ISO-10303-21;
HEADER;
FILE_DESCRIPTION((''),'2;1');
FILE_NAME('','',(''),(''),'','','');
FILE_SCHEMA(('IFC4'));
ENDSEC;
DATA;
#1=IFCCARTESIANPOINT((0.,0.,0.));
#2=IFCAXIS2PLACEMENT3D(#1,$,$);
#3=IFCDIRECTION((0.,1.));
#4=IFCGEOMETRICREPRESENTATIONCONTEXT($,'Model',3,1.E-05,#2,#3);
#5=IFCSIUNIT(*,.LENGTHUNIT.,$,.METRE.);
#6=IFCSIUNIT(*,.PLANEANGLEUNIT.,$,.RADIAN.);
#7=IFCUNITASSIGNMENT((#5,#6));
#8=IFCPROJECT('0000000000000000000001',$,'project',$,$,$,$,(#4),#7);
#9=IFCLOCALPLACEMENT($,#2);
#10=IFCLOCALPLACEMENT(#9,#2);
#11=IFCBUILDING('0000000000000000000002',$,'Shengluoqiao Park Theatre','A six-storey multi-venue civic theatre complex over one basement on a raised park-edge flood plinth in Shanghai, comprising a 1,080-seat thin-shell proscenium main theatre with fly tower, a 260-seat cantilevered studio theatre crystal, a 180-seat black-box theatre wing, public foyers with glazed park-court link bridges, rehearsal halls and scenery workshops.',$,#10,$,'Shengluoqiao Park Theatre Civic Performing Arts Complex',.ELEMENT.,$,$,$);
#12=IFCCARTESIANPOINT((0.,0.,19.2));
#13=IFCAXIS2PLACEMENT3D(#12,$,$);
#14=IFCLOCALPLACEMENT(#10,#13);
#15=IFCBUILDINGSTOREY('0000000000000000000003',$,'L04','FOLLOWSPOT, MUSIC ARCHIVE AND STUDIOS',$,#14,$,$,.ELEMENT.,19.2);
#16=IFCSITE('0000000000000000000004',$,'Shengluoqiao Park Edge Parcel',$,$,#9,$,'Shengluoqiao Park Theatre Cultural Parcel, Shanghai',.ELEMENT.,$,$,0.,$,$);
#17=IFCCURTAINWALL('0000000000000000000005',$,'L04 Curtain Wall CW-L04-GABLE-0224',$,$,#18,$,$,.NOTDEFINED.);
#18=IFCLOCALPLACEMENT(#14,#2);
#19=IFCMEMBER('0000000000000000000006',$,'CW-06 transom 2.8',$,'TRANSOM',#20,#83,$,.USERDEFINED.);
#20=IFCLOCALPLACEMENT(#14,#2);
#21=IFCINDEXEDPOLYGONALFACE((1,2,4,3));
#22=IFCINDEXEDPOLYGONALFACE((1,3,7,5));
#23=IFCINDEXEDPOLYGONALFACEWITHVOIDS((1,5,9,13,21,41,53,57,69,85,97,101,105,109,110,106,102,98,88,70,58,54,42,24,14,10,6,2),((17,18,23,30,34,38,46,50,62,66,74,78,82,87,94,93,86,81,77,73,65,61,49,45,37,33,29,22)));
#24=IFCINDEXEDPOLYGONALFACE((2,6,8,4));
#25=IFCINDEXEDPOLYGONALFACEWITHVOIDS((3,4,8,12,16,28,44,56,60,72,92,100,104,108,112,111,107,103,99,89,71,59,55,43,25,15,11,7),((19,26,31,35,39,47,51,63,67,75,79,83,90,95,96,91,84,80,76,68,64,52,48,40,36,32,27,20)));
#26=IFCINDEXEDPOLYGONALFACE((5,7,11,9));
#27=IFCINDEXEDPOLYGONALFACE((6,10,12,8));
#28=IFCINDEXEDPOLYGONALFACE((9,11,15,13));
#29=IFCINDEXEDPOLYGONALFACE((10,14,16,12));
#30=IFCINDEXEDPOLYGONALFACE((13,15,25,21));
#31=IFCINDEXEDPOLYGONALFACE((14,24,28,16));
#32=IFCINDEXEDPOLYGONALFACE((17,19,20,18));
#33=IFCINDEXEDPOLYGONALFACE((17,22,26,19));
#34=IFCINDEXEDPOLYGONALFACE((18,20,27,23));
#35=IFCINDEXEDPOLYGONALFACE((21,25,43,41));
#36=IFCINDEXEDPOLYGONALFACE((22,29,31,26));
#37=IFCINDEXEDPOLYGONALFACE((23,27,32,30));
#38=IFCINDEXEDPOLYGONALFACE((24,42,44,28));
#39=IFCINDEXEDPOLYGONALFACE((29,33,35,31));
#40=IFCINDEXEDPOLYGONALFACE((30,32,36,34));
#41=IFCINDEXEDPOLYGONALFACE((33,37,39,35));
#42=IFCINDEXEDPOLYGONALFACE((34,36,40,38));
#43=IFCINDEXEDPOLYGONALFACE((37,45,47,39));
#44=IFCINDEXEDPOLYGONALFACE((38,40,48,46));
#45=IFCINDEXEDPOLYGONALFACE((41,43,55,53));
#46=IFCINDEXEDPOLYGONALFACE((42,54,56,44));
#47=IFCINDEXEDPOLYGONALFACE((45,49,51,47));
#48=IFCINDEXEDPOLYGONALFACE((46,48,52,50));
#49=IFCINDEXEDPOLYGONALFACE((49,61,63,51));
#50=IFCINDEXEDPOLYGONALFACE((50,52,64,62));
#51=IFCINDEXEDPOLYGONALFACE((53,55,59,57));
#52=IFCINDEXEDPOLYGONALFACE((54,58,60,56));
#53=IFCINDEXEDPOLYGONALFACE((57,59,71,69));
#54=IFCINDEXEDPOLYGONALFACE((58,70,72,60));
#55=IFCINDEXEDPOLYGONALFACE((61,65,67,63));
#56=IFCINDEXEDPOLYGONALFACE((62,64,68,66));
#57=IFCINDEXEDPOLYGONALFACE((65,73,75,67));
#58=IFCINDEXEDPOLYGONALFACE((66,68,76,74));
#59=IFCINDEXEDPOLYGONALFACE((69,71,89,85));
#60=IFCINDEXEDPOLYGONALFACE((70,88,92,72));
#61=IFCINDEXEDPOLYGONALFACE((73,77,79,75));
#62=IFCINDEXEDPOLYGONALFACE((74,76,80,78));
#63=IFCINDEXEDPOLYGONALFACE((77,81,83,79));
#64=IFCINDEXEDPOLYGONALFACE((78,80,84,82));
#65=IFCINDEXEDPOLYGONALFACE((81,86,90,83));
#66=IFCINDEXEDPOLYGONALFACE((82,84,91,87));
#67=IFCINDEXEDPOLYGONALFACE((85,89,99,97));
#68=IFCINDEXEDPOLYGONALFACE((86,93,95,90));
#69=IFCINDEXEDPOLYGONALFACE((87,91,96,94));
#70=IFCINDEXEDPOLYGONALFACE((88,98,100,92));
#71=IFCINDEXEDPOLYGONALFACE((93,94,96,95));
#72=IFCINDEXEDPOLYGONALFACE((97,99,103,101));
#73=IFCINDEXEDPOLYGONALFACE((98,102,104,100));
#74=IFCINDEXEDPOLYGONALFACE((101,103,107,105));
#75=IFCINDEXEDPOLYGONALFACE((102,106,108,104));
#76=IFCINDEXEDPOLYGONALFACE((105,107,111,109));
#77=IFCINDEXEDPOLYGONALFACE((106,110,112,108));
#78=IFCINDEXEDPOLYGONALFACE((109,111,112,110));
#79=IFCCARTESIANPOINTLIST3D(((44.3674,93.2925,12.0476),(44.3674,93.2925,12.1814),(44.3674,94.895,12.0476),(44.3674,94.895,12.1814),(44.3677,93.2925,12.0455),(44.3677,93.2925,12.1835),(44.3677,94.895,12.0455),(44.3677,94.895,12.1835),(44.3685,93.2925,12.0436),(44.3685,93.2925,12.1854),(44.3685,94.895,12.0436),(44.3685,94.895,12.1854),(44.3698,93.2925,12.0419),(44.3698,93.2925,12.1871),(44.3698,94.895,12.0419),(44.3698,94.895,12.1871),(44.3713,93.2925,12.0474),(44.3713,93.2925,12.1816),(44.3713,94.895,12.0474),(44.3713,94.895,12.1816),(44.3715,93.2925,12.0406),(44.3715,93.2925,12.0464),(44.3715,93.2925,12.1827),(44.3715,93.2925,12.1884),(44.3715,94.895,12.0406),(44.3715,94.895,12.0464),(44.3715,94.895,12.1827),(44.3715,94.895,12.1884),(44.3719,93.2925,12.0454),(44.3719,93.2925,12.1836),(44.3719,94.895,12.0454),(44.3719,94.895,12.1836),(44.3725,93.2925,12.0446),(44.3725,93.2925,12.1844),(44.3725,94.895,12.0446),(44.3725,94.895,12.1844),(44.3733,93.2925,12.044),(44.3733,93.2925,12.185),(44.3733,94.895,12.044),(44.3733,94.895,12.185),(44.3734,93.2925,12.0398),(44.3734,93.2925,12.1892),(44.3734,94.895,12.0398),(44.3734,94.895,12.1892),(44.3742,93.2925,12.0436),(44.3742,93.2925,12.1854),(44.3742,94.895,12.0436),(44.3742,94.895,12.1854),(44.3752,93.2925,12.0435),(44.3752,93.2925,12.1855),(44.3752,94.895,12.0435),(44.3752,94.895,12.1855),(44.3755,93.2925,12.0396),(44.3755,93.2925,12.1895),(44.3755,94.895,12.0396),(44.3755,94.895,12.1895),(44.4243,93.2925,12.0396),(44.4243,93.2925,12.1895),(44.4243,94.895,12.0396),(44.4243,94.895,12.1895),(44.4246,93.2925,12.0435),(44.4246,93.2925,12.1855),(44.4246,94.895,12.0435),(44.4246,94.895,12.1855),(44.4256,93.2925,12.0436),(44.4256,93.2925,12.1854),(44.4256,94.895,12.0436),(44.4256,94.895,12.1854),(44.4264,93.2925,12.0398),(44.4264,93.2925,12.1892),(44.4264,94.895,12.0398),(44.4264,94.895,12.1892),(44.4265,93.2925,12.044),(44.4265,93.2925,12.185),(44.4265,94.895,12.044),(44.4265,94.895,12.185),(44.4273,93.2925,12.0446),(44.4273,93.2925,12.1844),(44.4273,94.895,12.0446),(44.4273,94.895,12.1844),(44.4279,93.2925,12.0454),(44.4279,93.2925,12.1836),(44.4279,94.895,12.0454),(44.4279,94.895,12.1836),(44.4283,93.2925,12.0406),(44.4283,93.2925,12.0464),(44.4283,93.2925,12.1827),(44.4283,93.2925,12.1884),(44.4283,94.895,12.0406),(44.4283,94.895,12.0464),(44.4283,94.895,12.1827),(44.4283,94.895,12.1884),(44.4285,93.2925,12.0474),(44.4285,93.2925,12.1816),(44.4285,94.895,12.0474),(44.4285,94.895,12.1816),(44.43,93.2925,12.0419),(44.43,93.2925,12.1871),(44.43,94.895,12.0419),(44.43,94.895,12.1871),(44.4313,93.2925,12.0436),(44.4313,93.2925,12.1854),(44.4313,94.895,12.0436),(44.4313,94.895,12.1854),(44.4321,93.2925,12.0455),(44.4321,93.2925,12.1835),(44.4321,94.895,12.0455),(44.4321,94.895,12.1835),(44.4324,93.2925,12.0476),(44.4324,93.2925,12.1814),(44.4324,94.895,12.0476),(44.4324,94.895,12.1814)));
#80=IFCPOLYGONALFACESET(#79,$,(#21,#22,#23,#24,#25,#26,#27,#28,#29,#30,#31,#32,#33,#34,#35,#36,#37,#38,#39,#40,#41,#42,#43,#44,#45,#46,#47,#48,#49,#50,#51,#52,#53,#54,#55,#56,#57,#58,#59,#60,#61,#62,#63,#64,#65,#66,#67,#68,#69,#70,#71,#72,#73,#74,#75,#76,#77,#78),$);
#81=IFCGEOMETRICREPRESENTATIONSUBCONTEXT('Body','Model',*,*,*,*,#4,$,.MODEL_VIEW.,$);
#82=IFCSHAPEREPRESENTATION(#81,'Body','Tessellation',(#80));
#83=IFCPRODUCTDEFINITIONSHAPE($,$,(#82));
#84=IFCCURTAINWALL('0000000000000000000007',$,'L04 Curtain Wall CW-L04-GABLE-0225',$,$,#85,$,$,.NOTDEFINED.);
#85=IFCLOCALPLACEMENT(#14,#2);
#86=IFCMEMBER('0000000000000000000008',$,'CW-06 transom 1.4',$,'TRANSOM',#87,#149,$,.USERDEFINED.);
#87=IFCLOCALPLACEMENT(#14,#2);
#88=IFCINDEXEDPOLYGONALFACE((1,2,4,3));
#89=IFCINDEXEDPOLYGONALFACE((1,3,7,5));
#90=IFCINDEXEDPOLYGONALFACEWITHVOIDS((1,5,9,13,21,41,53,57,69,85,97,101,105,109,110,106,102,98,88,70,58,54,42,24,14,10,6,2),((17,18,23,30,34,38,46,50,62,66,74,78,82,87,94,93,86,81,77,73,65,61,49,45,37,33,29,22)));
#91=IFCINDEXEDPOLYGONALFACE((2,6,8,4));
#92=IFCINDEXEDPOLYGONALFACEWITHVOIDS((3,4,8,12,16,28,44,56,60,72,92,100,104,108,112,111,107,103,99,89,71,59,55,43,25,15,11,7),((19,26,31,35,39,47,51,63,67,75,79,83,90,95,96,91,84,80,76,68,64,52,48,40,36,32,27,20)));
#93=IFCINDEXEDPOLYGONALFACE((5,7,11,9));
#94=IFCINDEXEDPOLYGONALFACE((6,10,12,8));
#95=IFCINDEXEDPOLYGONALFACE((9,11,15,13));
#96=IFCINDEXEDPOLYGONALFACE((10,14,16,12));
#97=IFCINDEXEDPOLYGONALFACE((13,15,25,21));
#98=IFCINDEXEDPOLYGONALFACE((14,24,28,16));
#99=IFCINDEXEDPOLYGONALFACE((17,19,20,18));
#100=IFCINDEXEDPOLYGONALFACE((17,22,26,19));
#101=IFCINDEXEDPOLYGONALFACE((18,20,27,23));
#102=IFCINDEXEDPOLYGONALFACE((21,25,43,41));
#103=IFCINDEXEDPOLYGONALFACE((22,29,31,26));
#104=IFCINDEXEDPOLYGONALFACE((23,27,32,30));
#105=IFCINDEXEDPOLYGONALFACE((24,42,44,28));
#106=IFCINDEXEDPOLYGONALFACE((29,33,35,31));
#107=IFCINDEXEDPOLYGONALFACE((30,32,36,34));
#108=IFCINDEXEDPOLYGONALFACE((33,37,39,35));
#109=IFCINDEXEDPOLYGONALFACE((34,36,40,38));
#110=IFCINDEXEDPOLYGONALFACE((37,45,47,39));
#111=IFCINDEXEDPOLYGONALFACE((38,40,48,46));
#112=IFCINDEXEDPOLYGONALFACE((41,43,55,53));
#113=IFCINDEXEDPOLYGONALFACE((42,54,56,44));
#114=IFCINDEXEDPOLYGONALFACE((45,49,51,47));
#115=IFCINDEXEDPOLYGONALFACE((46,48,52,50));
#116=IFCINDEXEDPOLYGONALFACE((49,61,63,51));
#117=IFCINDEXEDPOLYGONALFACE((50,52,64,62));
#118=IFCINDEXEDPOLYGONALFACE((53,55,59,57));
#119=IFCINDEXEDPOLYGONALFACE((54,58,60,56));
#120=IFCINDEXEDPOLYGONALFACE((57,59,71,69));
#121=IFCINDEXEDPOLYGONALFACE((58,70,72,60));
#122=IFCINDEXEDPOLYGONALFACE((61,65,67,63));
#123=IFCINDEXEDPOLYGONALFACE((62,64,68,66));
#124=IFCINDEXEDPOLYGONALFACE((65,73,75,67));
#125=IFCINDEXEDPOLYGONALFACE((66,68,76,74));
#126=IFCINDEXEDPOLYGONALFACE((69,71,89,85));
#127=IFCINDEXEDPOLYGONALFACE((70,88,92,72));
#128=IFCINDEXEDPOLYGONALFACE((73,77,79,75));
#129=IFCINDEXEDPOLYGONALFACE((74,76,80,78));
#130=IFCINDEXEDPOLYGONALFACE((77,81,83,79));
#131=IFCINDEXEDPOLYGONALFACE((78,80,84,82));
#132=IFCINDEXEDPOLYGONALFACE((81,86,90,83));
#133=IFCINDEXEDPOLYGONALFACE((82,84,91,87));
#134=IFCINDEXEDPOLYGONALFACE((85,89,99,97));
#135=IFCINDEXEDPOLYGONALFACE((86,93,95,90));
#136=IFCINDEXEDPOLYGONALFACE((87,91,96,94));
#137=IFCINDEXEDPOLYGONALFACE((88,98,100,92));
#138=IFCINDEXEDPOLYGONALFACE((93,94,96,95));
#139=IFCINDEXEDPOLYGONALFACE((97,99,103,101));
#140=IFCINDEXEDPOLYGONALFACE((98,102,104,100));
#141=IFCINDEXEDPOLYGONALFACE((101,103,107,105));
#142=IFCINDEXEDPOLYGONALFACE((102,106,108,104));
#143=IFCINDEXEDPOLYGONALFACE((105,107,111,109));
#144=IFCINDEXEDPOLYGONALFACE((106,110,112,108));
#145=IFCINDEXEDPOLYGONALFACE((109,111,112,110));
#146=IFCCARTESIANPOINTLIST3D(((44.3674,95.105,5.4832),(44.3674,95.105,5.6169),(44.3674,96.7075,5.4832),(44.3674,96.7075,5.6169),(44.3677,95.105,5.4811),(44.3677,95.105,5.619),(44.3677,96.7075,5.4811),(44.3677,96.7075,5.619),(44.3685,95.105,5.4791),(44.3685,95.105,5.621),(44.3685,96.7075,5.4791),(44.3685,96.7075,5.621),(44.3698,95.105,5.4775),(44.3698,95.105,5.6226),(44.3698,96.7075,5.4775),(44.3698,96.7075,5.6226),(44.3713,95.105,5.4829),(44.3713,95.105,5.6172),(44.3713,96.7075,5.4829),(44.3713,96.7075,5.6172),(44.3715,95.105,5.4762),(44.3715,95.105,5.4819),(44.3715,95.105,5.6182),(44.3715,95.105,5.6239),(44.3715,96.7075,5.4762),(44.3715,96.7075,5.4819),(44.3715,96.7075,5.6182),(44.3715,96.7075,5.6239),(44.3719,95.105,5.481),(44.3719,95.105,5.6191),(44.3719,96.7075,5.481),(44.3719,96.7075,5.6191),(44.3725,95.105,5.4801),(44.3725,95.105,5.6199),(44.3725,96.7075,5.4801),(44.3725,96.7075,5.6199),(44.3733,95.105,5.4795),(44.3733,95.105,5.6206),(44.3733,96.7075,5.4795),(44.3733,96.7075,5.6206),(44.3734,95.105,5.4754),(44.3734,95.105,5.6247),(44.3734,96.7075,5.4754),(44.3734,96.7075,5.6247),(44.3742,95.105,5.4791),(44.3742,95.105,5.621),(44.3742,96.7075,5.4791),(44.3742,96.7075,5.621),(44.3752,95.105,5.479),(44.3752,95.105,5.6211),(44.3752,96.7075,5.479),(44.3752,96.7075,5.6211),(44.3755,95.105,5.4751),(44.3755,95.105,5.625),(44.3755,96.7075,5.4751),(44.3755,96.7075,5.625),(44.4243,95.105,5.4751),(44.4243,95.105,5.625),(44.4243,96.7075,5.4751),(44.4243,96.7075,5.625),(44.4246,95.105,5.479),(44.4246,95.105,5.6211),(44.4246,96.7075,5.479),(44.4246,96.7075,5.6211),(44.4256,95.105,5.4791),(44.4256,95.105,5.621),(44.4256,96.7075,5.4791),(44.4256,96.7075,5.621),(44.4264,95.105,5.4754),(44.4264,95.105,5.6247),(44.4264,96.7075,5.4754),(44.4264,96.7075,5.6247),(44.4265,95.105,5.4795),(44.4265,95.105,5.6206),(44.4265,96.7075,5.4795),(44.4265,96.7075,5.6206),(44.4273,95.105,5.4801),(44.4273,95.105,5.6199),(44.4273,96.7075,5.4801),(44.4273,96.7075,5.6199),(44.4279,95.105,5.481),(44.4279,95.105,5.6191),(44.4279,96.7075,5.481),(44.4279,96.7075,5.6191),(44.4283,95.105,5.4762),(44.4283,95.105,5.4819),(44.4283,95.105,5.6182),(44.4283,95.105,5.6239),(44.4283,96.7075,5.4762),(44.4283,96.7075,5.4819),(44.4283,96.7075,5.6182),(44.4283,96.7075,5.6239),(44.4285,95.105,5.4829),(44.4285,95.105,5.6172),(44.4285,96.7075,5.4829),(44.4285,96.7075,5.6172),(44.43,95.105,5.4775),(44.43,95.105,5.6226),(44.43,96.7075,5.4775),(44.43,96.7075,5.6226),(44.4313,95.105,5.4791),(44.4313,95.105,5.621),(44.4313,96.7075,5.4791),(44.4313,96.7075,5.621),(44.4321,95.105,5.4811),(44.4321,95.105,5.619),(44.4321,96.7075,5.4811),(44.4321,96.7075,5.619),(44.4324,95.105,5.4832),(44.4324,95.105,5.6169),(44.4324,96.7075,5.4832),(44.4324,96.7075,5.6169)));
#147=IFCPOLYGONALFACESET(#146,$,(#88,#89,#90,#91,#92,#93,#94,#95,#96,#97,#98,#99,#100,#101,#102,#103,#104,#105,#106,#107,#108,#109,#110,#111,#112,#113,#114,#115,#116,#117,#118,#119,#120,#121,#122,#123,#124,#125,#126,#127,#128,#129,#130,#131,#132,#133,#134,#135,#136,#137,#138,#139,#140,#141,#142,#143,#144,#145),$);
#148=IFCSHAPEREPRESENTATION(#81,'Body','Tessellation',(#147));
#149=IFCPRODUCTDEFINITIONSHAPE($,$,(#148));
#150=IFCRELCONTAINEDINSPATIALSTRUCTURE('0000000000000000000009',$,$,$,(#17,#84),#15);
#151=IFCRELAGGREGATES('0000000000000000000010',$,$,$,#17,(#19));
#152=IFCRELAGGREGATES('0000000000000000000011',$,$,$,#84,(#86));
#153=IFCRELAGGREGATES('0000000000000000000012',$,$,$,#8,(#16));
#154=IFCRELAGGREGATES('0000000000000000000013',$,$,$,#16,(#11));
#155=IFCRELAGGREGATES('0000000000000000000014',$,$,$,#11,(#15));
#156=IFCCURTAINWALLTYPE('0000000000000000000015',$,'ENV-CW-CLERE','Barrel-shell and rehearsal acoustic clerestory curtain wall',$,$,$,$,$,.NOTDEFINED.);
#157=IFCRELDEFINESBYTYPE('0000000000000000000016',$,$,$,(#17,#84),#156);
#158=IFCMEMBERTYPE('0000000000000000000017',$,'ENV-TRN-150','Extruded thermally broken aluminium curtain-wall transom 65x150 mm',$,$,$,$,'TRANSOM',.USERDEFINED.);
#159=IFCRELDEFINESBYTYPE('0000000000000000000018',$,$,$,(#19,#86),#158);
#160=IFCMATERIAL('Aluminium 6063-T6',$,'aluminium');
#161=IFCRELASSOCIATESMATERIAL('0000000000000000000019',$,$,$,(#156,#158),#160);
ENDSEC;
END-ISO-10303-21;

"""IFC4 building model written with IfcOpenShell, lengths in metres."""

from ifc_helpers import new_model, si_unit, direction, frame, origin, origin_2d, place, context, subcontext, project, spatial, hollow_rectangle, extrude, material, material_profile, profile_set, type_object, element, aggregate, save


model = new_model("IFC4")

# Units and contexts
model_context = context("Model", 3, precision=1e-05, world=origin(), true_north=direction((0.0, 1.0)))
body_context = subcontext(model_context, "Body", "Model", "MODEL_VIEW")
ifc_project = project(units=[si_unit("LENGTHUNIT", "METRE"), si_unit("PLANEANGLEUNIT", "RADIAN")], contexts=[model_context])

# Site, building, storey
site_placement = place(None, origin())
site = spatial("IfcSite", under=ifc_project, at=site_placement, Name="Shengluoqiao Park Edge Parcel", LongName="Shengluoqiao Park Theatre Cultural Parcel, Shanghai", CompositionType="ELEMENT", RefElevation=0.0)
building_placement = place(site_placement, origin())
building = spatial("IfcBuilding", under=site, at=building_placement, Name="Shengluoqiao Park Theatre", Description="A six-storey multi-venue civic theatre complex over one basement on a raised park-edge flood plinth in Shanghai, comprising a 1,080-seat thin-shell proscenium main theatre with fly tower, a 260-seat cantilevered studio theatre crystal, a 180-seat black-box theatre wing, public foyers with glazed park-court link bridges, rehearsal halls and scenery workshops.", LongName="Shengluoqiao Park Theatre Civic Performing Arts Complex", CompositionType="ELEMENT")
storey_placement = place(building_placement, frame((0.0, 0.0, 19.2)))
storey = spatial("IfcBuildingStorey", under=building, at=storey_placement, Name="L04", Description="FOLLOWSPOT, MUSIC ARCHIVE AND STUDIOS", CompositionType="ELEMENT", Elevation=19.2)

# Curtain walls, members
ifc_material_1 = material(Name="Aluminium 6063-T6", Category="aluminium")
curtain_wall_type = type_object("IfcCurtainWallType", Name="ENV-CW-CLERE", Description="Barrel-shell and rehearsal acoustic clerestory curtain wall", PredefinedType="NOTDEFINED", material=ifc_material_1)
curtain_wall_1_placement = place(storey_placement, origin())
curtain_wall_1 = element("IfcCurtainWall", 1, at=curtain_wall_1_placement, inside=storey, type_object=curtain_wall_type, Name="L04 Curtain Wall CW-L04-GABLE-0224", PredefinedType="NOTDEFINED")
ifc_material_profile = material_profile(ifc_material_1, hollow_rectangle(XDim=0.0649, YDim=0.1499, WallThickness=0.0039, InnerFilletRadius=0.0039, OuterFilletRadius=0.0081, at=origin_2d()), Name="ALU TRANSOM 150x65x4")
ifc_profile_set = profile_set([ifc_material_profile], Name="Aluminium 6063-T6")
member_type = type_object("IfcMemberType", Name="ENV-TRN-150", Description="Extruded thermally broken aluminium curtain-wall transom 65x150 mm", ElementType="TRANSOM", PredefinedType="USERDEFINED", material=ifc_profile_set)
member_1_placement = place(storey_placement, frame((44.3999, 93.2925, 12.1145), z_axis=(0.0, 1.0, 0.0), x_axis=(-1.0, 0.0, 0.0)))
member_1 = element("IfcMember", 2, at=member_1_placement, type_object=member_type, Name="CW-06 transom 2.8", ObjectType="TRANSOM", PredefinedType="USERDEFINED", context=body_context, shape_type="SweptSolid", body=[
    extrude(hollow_rectangle(XDim=0.0649, YDim=0.1499, WallThickness=0.0039, InnerFilletRadius=0.0039, OuterFilletRadius=0.0081, at=origin_2d()), origin(), (0.0, 0.0, 1.0), 1.6025),
])
curtain_wall_2_placement = place(storey_placement, origin())
curtain_wall_2 = element("IfcCurtainWall", 3, at=curtain_wall_2_placement, inside=storey, type_object=curtain_wall_type, Name="L04 Curtain Wall CW-L04-GABLE-0225", PredefinedType="NOTDEFINED")
member_2_placement = place(storey_placement, frame((44.3999, 95.105, 5.55), z_axis=(0.0, 1.0, 0.0), x_axis=(-1.0, 0.0, 0.0)))
member_2 = element("IfcMember", 4, at=member_2_placement, type_object=member_type, Name="CW-06 transom 1.4", ObjectType="TRANSOM", PredefinedType="USERDEFINED", context=body_context, shape_type="SweptSolid", body=[
    extrude(hollow_rectangle(XDim=0.0649, YDim=0.1499, WallThickness=0.0039, InnerFilletRadius=0.0039, OuterFilletRadius=0.0081, at=origin_2d()), origin(), (0.0, 0.0, 1.0), 1.6025),
])

aggregate(curtain_wall_1, [member_1])
aggregate(curtain_wall_2, [member_2])

save(model, "model.ifc")
